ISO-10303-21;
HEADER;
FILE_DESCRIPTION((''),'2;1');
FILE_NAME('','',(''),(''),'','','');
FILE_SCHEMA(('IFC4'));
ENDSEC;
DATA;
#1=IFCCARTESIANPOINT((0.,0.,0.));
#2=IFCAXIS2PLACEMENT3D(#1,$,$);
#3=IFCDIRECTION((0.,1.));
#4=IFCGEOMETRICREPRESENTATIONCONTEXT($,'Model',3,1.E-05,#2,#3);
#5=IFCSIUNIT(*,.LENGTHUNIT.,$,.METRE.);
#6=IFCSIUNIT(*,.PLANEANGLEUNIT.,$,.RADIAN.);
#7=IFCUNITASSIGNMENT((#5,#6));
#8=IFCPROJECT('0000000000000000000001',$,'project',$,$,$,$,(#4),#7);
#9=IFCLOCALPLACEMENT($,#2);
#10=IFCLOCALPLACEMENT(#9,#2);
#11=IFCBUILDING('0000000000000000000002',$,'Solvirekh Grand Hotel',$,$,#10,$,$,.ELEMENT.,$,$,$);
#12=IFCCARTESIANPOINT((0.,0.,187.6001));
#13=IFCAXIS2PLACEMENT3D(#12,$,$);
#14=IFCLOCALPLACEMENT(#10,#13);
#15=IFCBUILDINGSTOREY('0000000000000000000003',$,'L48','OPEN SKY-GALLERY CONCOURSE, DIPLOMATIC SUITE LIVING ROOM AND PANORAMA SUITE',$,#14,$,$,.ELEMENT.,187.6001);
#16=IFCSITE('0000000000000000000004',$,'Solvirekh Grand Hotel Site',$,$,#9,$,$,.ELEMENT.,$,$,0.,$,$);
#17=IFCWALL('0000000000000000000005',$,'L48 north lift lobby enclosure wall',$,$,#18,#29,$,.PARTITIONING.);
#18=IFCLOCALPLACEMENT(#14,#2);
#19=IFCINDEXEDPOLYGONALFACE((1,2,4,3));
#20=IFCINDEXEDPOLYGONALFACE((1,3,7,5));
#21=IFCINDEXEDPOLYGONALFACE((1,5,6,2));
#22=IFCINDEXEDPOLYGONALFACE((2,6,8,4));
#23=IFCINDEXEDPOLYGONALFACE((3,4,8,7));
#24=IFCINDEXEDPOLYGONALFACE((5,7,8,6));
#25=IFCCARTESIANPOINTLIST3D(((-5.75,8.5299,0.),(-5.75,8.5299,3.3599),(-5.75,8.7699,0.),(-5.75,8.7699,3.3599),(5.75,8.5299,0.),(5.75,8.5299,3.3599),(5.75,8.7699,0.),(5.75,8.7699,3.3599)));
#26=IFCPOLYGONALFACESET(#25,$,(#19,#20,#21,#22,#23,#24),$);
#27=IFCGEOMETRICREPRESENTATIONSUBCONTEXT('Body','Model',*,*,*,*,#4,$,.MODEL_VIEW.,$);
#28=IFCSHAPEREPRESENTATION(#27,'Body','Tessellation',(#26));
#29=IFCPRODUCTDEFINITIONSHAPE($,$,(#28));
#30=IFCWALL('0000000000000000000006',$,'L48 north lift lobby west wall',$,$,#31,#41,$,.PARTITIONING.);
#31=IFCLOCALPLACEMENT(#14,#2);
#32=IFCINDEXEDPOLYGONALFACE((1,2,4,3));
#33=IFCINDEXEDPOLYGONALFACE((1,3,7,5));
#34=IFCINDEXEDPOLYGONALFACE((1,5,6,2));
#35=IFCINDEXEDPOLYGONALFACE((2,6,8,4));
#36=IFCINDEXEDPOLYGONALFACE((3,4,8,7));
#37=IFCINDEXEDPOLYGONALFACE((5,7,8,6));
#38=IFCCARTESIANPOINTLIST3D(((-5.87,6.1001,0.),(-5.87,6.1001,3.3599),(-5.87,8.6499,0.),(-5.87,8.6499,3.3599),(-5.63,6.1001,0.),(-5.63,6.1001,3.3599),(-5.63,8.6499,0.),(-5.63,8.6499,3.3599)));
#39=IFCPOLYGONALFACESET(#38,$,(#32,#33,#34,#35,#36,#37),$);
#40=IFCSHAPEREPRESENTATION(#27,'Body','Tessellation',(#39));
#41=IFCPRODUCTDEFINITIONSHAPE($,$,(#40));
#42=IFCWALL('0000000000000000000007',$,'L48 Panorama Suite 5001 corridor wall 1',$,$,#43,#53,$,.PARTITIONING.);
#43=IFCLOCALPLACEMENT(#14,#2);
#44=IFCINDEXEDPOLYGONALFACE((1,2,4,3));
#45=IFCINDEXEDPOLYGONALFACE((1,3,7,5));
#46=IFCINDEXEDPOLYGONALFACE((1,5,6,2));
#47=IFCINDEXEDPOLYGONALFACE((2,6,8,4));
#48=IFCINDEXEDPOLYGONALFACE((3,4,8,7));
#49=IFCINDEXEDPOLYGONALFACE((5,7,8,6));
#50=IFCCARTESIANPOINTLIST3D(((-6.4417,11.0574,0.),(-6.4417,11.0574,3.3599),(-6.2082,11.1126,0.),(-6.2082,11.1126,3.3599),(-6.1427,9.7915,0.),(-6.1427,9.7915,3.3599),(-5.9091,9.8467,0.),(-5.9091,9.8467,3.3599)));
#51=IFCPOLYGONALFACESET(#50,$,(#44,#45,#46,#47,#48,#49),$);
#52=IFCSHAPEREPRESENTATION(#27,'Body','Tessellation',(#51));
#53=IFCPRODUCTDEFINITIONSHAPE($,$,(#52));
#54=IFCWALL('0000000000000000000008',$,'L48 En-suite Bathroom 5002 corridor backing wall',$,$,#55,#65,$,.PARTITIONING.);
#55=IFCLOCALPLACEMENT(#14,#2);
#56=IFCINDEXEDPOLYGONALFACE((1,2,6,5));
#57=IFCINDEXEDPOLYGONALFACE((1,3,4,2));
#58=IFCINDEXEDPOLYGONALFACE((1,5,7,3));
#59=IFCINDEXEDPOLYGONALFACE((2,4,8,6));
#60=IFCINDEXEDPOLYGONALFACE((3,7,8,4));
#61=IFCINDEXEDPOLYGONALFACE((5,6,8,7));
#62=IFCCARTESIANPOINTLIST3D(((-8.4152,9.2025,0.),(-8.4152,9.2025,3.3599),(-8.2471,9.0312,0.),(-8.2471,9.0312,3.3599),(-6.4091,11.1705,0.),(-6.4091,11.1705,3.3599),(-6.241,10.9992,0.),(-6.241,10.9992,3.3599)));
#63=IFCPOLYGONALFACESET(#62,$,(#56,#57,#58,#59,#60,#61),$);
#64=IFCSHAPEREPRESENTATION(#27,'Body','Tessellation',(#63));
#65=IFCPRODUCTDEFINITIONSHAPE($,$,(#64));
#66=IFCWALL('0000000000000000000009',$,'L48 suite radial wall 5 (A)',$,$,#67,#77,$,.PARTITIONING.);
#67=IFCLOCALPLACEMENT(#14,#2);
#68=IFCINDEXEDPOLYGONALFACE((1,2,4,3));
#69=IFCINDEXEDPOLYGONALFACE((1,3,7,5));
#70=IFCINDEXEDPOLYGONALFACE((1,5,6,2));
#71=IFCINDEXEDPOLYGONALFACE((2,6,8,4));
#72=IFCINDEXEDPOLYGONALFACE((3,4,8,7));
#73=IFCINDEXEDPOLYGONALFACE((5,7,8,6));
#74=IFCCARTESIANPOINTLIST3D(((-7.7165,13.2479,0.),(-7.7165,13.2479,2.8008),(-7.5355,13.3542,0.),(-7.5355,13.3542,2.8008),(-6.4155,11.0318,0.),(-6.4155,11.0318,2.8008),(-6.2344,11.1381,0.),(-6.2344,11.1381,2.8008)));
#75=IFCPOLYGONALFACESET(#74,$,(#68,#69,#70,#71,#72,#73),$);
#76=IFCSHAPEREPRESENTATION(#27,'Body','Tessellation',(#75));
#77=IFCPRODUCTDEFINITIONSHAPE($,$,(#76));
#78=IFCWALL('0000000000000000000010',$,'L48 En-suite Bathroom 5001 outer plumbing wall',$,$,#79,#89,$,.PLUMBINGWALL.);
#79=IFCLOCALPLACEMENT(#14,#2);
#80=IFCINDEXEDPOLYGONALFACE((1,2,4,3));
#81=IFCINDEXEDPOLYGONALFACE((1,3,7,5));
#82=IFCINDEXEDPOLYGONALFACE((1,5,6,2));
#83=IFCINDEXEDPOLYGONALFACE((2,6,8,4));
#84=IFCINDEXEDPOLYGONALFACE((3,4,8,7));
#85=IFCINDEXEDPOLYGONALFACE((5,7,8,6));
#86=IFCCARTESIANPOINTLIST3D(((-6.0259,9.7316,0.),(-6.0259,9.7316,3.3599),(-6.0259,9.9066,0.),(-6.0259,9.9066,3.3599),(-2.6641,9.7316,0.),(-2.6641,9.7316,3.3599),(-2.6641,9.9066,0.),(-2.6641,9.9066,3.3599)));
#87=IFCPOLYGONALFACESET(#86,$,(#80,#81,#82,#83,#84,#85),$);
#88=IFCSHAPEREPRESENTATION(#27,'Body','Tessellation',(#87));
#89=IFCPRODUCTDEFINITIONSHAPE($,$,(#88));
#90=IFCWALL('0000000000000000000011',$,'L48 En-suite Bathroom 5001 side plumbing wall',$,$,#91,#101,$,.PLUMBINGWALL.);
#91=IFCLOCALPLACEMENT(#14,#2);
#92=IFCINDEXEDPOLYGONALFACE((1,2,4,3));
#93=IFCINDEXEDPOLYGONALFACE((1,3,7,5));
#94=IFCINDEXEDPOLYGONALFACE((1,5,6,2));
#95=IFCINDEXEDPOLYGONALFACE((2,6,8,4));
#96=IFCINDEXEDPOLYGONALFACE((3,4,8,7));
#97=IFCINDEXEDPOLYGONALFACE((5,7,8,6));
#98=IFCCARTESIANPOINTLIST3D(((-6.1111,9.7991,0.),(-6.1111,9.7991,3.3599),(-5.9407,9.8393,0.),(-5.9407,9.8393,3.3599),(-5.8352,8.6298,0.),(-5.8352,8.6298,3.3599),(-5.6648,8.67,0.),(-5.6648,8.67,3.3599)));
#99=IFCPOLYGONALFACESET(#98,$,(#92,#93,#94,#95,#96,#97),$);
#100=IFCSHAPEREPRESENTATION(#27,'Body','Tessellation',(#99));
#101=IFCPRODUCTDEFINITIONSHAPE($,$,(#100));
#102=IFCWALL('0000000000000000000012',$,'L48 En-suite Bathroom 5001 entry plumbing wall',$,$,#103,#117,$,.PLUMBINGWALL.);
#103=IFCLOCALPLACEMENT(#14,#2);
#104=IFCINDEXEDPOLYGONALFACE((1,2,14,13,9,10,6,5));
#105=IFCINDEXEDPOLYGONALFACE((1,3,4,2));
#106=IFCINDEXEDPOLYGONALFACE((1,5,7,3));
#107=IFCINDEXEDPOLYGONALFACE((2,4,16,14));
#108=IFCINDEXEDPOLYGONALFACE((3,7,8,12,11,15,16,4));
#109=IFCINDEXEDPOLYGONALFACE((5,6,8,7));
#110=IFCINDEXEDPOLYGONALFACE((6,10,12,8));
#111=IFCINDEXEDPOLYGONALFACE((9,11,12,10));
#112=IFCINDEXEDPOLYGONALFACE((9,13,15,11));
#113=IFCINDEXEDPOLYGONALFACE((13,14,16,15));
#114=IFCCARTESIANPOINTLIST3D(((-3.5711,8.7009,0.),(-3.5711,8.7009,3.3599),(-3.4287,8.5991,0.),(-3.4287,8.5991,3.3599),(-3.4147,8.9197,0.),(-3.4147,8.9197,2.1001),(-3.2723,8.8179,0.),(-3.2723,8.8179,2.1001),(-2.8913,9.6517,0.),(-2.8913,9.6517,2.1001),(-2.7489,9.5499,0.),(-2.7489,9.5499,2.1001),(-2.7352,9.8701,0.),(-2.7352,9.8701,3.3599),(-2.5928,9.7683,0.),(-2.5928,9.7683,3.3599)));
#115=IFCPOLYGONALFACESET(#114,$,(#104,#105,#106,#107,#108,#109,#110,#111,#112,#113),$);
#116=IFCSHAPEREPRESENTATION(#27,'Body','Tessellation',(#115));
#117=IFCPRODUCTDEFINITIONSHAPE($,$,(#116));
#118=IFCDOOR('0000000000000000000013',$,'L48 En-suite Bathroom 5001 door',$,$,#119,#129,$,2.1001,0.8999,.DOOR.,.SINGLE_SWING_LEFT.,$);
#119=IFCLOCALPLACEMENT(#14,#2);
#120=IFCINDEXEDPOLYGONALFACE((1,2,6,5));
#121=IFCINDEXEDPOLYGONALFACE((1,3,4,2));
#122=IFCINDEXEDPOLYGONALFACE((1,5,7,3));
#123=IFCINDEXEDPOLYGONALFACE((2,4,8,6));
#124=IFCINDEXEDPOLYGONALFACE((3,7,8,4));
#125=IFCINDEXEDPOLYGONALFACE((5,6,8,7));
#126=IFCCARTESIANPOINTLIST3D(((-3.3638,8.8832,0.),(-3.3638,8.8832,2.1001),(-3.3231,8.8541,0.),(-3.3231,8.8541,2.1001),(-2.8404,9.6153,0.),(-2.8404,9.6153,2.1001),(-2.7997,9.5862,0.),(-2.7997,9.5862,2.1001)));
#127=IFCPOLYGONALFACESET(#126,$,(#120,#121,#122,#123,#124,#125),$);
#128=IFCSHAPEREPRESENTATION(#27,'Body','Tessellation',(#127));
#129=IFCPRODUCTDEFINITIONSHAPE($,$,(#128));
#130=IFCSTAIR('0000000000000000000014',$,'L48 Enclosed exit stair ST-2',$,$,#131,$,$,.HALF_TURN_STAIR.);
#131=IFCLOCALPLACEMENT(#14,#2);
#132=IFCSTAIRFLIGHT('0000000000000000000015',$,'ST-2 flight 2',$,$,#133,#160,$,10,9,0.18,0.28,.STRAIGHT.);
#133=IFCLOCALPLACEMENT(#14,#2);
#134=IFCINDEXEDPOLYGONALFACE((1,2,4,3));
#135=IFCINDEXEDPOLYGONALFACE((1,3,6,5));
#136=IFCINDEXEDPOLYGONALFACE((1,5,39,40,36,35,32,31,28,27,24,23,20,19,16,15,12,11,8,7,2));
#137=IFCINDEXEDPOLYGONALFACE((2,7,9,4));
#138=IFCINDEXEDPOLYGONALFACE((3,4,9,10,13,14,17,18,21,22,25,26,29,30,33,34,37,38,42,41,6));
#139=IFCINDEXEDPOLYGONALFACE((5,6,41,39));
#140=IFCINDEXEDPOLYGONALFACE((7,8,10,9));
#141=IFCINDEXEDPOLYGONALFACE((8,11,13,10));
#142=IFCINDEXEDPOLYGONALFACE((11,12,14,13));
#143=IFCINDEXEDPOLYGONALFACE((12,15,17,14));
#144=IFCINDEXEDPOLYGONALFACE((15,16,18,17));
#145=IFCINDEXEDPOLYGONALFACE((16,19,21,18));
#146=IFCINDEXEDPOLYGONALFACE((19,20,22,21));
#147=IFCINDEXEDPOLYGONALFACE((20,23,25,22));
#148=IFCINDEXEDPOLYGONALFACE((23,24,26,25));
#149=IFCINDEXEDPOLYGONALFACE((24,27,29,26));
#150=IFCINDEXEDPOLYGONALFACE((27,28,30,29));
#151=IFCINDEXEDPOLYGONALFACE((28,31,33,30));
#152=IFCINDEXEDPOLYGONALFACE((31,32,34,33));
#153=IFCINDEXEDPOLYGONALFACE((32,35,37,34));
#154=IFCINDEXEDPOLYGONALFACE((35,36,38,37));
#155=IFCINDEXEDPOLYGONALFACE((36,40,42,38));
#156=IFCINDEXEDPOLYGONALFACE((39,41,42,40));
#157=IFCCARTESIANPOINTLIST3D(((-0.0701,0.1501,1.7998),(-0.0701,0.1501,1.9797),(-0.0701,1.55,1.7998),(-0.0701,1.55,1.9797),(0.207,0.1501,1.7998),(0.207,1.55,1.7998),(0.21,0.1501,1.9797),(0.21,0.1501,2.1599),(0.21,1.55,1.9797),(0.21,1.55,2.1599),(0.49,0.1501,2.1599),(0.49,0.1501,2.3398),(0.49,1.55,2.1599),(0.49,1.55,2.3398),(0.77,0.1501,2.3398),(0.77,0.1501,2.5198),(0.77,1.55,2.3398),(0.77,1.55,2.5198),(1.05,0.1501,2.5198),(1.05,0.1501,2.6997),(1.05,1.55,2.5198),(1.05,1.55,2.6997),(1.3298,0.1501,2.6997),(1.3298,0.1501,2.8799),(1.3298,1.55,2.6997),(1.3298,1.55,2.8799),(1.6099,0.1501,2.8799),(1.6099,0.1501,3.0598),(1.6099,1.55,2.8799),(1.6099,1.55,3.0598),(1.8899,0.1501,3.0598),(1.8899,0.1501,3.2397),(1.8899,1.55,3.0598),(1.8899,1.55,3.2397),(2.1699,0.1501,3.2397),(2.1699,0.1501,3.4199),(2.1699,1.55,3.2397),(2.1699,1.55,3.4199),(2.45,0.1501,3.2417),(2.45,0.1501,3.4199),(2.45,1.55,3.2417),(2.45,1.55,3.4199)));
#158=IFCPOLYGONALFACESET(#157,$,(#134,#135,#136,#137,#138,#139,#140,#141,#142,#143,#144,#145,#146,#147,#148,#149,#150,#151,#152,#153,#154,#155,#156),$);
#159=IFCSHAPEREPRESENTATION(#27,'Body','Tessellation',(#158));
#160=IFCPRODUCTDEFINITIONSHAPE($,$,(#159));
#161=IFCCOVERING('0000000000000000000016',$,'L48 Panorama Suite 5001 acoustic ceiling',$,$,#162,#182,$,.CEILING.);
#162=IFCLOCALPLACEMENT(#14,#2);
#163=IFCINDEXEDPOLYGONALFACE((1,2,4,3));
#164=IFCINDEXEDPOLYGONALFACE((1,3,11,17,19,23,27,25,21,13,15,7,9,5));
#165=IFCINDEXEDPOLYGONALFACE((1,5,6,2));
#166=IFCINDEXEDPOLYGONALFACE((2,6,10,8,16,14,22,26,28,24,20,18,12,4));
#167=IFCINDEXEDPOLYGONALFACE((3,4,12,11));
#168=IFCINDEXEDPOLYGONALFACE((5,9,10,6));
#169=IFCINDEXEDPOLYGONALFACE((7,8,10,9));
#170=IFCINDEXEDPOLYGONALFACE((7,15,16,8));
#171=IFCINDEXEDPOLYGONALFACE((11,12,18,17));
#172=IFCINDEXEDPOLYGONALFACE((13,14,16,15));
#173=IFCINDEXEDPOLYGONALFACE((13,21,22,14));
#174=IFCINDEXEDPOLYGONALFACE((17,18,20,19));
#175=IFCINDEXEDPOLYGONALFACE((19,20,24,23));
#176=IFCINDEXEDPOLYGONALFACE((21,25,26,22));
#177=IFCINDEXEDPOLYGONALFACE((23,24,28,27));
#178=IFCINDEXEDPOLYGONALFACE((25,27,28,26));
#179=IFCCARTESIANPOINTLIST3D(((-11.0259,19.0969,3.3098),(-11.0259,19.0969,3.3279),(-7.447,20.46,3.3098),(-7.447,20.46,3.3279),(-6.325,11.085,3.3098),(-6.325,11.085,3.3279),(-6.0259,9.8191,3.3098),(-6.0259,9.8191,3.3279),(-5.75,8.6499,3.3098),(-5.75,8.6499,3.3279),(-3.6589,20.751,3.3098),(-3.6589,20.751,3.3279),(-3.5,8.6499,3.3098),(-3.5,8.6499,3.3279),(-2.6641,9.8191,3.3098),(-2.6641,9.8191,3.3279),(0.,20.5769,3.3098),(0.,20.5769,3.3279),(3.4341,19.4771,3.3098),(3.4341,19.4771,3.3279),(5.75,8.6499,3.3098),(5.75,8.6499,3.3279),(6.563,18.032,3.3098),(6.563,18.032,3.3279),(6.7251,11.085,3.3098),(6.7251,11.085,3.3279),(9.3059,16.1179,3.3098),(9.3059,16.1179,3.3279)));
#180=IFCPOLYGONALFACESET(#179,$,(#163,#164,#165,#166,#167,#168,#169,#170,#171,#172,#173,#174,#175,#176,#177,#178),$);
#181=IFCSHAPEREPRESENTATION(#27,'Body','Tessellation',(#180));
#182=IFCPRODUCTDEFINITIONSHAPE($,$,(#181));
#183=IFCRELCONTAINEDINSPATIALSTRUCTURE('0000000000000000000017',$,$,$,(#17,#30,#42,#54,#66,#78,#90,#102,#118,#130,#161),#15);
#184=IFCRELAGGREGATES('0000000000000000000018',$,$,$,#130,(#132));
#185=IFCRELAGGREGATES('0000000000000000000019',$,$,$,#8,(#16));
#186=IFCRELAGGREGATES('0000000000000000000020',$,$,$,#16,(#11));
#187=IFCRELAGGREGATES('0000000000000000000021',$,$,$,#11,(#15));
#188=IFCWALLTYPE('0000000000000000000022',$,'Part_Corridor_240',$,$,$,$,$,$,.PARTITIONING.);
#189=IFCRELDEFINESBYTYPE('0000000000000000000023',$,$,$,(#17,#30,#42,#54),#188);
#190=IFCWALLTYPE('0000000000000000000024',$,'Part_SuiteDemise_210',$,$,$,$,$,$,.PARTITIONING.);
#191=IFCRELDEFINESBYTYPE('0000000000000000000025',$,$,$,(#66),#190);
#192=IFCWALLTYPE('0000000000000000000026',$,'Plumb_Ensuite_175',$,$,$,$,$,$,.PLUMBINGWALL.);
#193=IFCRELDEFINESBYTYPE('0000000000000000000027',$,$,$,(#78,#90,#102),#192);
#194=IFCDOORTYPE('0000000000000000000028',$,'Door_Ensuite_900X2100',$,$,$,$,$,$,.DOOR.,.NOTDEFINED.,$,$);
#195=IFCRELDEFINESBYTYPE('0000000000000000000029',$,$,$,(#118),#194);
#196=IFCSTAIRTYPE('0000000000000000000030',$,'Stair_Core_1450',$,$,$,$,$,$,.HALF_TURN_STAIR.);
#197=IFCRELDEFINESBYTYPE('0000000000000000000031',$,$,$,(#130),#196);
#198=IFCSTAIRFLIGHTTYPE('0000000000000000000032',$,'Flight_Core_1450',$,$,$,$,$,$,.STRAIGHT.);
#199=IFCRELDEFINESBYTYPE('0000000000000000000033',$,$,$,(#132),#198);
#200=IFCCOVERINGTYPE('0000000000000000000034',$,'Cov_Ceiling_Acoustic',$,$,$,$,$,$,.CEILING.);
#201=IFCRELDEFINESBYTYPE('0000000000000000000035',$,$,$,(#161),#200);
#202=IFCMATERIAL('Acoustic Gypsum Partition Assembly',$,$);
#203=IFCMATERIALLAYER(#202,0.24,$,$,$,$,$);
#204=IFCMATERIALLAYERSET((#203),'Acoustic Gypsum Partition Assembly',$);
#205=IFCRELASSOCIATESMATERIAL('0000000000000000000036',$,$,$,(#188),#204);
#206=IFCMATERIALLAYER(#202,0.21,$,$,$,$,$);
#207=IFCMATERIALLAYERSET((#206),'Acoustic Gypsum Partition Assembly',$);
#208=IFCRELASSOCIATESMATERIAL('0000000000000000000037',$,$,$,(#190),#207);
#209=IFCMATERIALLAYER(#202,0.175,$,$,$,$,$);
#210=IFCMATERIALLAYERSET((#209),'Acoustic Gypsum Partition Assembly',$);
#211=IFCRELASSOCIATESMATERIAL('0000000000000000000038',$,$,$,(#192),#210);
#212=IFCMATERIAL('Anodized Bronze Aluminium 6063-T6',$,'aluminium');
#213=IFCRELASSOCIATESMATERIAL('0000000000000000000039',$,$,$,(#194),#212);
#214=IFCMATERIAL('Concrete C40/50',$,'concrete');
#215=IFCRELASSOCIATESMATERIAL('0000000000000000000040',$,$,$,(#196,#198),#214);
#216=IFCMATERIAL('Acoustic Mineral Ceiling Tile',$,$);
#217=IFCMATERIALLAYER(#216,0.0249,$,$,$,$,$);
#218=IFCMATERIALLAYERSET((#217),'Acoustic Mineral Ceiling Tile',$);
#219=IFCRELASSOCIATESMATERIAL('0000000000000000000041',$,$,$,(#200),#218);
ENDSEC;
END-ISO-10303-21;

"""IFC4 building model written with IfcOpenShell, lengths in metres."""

from ifc_helpers import new_model, si_unit, direction, frame, frame_2d, origin, place, context, subcontext, project, spatial, polyline, rectangle, outline, extrude, material, layer, layer_set, type_object, element, fill, aggregate, save


model = new_model("IFC4")

# Units and contexts
model_context = context("Model", 3, precision=1e-05, world=origin(), true_north=direction((0.0, 1.0)))
body_context = subcontext(model_context, "Body", "Model", "MODEL_VIEW")
ifc_project = project(units=[si_unit("LENGTHUNIT", "METRE"), si_unit("PLANEANGLEUNIT", "RADIAN")], contexts=[model_context])

# Site, building, storey
site_placement = place(None, origin())
site = spatial("IfcSite", under=ifc_project, at=site_placement, Name="Solvirekh Grand Hotel Site", CompositionType="ELEMENT", RefElevation=0.0)
building_placement = place(site_placement, origin())
building = spatial("IfcBuilding", under=site, at=building_placement, Name="Solvirekh Grand Hotel", CompositionType="ELEMENT")
storey_placement = place(building_placement, frame((0.0, 0.0, 187.6001)))
storey = spatial("IfcBuildingStorey", under=building, at=storey_placement, Name="L48", Description="OPEN SKY-GALLERY CONCOURSE, DIPLOMATIC SUITE LIVING ROOM AND PANORAMA SUITE", CompositionType="ELEMENT", Elevation=187.6001)

# Shared definitions
ifc_material_1 = material(Name="Anodized Bronze Aluminium 6063-T6", Category="aluminium")

# Shared definitions
ifc_material_2 = material(Name="Concrete C40/50", Category="concrete")

# Walls
ifc_material_3 = material(Name="Acoustic Gypsum Partition Assembly")
ifc_layer_1 = layer(ifc_material_3, 0.24)
ifc_layer_set_1 = layer_set([ifc_layer_1], Name="Acoustic Gypsum Partition Assembly")
wall_type_1 = type_object("IfcWallType", Name="Part_Corridor_240", PredefinedType="PARTITIONING", material=ifc_layer_set_1)
wall_1_placement = place(storey_placement, frame((-5.75, 8.6499, 0.0), z_axis=(0.0, 0.0, 1.0), x_axis=(1.0, 0.0, 0.0)))
element("IfcWall", 1, at=wall_1_placement, inside=storey, type_object=wall_type_1, Name="L48 north lift lobby enclosure wall", PredefinedType="PARTITIONING", context=body_context, shape_type="SweptSolid", body=[
    extrude(rectangle(XDim=11.5, YDim=0.24, at=frame_2d((5.75, 0.0))), origin(), (0.0, 0.0, 1.0), 3.3599),
])
wall_2_placement = place(storey_placement, frame((-5.75, 6.1001, 0.0), z_axis=(0.0, 0.0, 1.0), x_axis=(0.0, 1.0, 0.0)))
element("IfcWall", 2, at=wall_2_placement, inside=storey, type_object=wall_type_1, Name="L48 north lift lobby west wall", PredefinedType="PARTITIONING", context=body_context, shape_type="SweptSolid", body=[
    extrude(rectangle(XDim=2.5498, YDim=0.24, at=frame_2d((1.2749, 0.0))), origin(), (0.0, 0.0, 1.0), 3.3599),
])
wall_3_placement = place(storey_placement, frame((-6.0259, 9.8191, 0.0), z_axis=(0.0, 0.0, 1.0), x_axis=(-0.229928, 0.973208, 0.0)))
element("IfcWall", 3, at=wall_3_placement, inside=storey, type_object=wall_type_1, Name="L48 Panorama Suite 5001 corridor wall 1", PredefinedType="PARTITIONING", context=body_context, shape_type="SweptSolid", body=[
    extrude(rectangle(XDim=1.3008, YDim=0.24, at=frame_2d((0.6504, 0.0))), origin(), (0.0, 0.0, 1.0), 3.3599),
])
wall_4_placement = place(storey_placement, frame((-6.325, 11.085, 0.0), z_axis=(0.0, 0.0, 1.0), x_axis=(-0.713851, -0.700298, 0.0)))
element("IfcWall", 4, at=wall_4_placement, inside=storey, type_object=wall_type_1, Name="L48 En-suite Bathroom 5002 corridor backing wall", PredefinedType="PARTITIONING", context=body_context, shape_type="SweptSolid", body=[
    extrude(rectangle(XDim=2.8103, YDim=0.24, at=frame_2d((1.4053, 0.0))), origin(), (0.0, 0.0, 1.0), 3.3599),
])
ifc_layer_2 = layer(ifc_material_3, 0.21)
ifc_layer_set_2 = layer_set([ifc_layer_2], Name="Acoustic Gypsum Partition Assembly")
wall_type_2 = type_object("IfcWallType", Name="Part_SuiteDemise_210", PredefinedType="PARTITIONING", material=ifc_layer_set_2)
wall_5_placement = place(storey_placement, frame((-6.325, 11.085, 0.0), z_axis=(0.0, 0.0, 1.0), x_axis=(-0.506285, 0.862366, 0.0)))
element("IfcWall", 5, at=wall_5_placement, inside=storey, type_object=wall_type_2, Name="L48 suite radial wall 5 (A)", PredefinedType="PARTITIONING", context=body_context, shape_type="SweptSolid", body=[
    extrude(rectangle(XDim=2.5698, YDim=0.21, at=frame_2d((1.2849, 0.0))), origin(), (0.0, 0.0, 1.0), 2.8008),
])
ifc_layer_3 = layer(ifc_material_3, 0.175)
ifc_layer_set_3 = layer_set([ifc_layer_3], Name="Acoustic Gypsum Partition Assembly")
wall_type_3 = type_object("IfcWallType", Name="Plumb_Ensuite_175", PredefinedType="PLUMBINGWALL", material=ifc_layer_set_3)
wall_6_placement = place(storey_placement, frame((-6.0259, 9.8191, 0.0), z_axis=(0.0, 0.0, 1.0), x_axis=(1.0, 0.0, 0.0)))
element("IfcWall", 6, at=wall_6_placement, inside=storey, type_object=wall_type_3, Name="L48 En-suite Bathroom 5001 outer plumbing wall", PredefinedType="PLUMBINGWALL", context=body_context, shape_type="SweptSolid", body=[
    extrude(rectangle(XDim=3.3618, YDim=0.175, at=frame_2d((1.6809, 0.0))), origin(), (0.0, 0.0, 1.0), 3.3599),
])
wall_7_placement = place(storey_placement, frame((-6.0259, 9.8191, 0.0), z_axis=(0.0, 0.0, 1.0), x_axis=(0.229651, -0.973273, 0.0)))
element("IfcWall", 7, at=wall_7_placement, inside=storey, type_object=wall_type_3, Name="L48 En-suite Bathroom 5001 side plumbing wall", PredefinedType="PLUMBINGWALL", context=body_context, shape_type="SweptSolid", body=[
    extrude(rectangle(XDim=1.2014, YDim=0.175, at=frame_2d((0.6006, 0.0))), origin(), (0.0, 0.0, 1.0), 3.3599),
])

# Wall, opening, door
wall_8_placement = place(storey_placement, frame((-3.5, 8.6499, 0.0), z_axis=(0.0, 0.0, 1.0), x_axis=(0.581608, 0.813469, 0.0)))
wall_8 = element("IfcWall", 8, at=wall_8_placement, inside=storey, type_object=wall_type_3, Name="L48 En-suite Bathroom 5001 entry plumbing wall", PredefinedType="PLUMBINGWALL", context=body_context, shape_type="SweptSolid", body=[
    extrude(rectangle(XDim=1.4373, YDim=0.175, at=frame_2d((0.7188, 0.0))), origin(), (0.0, 0.0, 1.0), 3.3599),
])
opening_1_placement = place(wall_8_placement, frame((0.269, 0.0, 0.0)))
opening_1 = element("IfcOpeningElement", 9, at=opening_1_placement, cuts=wall_8, PredefinedType="OPENING", context=body_context, shape_type="SweptSolid", body=[
    extrude(rectangle(XDim=0.8999, YDim=2.1001, at=frame_2d((0.45, 1.05))), frame((0.0, 0.0977, 0.0), z_axis=(0.0, -1.0, 0.0), x_axis=(1.0, 0.0, 0.0)), (0.0, 0.0, 1.0), 0.1951),
])
door_type_1 = type_object("IfcDoorType", Name="Door_Ensuite_900X2100", OperationType="NOTDEFINED", PredefinedType="DOOR", material=ifc_material_1)
door_1_placement = place(opening_1_placement, origin())
door_1 = element("IfcDoor", 10, at=door_1_placement, inside=storey, type_object=door_type_1, Name="L48 En-suite Bathroom 5001 door", OperationType="SINGLE_SWING_LEFT", OverallHeight=2.1001, OverallWidth=0.8999, PredefinedType="DOOR", context=body_context, shape_type="SweptSolid", body=[
    extrude(rectangle(XDim=0.8999, YDim=2.1001, at=frame_2d((0.45, 1.05))), frame((0.0, 0.0249, 0.0), z_axis=(0.0, -1.0, 0.0), x_axis=(1.0, 0.0, 0.0)), (0.0, 0.0, 1.0), 0.05),
])
fill(opening_1, door_1)

# Stair, stair flight
stair_type = type_object("IfcStairType", Name="Stair_Core_1450", PredefinedType="HALF_TURN_STAIR", material=ifc_material_2)
stair_placement = place(storey_placement, origin())
stair = element("IfcStair", 11, at=stair_placement, inside=storey, type_object=stair_type, Name="L48 Enclosed exit stair ST-2", PredefinedType="HALF_TURN_STAIR")
stair_flight_type = type_object("IfcStairFlightType", Name="Flight_Core_1450", PredefinedType="STRAIGHT", material=ifc_material_2)
stair_flight_placement = place(storey_placement, frame((-0.0701, 0.8501, 1.7998), z_axis=(0.0, 0.0, 1.0), x_axis=(1.0, 0.0, 0.0)))
stair_flight = element("IfcStairFlight", 12, at=stair_flight_placement, type_object=stair_flight_type, Name="ST-2 flight 2", NumberOfRisers=10, NumberOfTreads=9, PredefinedType="STRAIGHT", RiserHeight=0.18, TreadLength=0.28, context=body_context, shape_type="SweptSolid", body=[
    extrude(outline(polyline([(0.0, 0.0), (0.0, 0.1799), (0.28, 0.1799), (0.28, 0.3601), (0.5601, 0.3601), (0.5601, 0.54), (0.8401, 0.54), (0.8401, 0.72), (1.1201, 0.72), (1.1201, 0.8999), (1.3999, 0.8999), (1.3999, 1.0801), (1.6799, 1.0801), (1.6799, 1.26), (1.96, 1.26), (1.96, 1.4399), (2.24, 1.4399), (2.24, 1.6201), (2.52, 1.6201), (2.52, 1.8), (2.52, 1.4419), (0.2771, 0.0), (0.0, 0.0)])), frame((0.0, 0.7, 0.0), z_axis=(0.0, -1.0, 0.0), x_axis=(1.0, 0.0, 0.0)), (0.0, 0.0, 1.0), 1.3999),
])
aggregate(stair, [stair_flight])

# Covering
ifc_material_4 = material(Name="Acoustic Mineral Ceiling Tile")
ifc_layer_4 = layer(ifc_material_4, 0.0249)
ifc_layer_set_4 = layer_set([ifc_layer_4], Name="Acoustic Mineral Ceiling Tile")
covering_type_1 = type_object("IfcCoveringType", Name="Cov_Ceiling_Acoustic", PredefinedType="CEILING", material=ifc_layer_set_4)
covering_1_placement = place(storey_placement, frame((0.0, 0.0, 3.3098)))
element("IfcCovering", 13, at=covering_1_placement, inside=storey, type_object=covering_type_1, Name="L48 Panorama Suite 5001 acoustic ceiling", PredefinedType="CEILING", context=body_context, shape_type="SweptSolid", body=[
    extrude(outline(polyline([(-5.75, 8.6499), (-6.0259, 9.8191), (-2.6641, 9.8191), (-3.5, 8.6499), (5.75, 8.6499), (6.7251, 11.085), (9.3059, 16.1179), (6.563, 18.032), (3.4341, 19.4771), (0.0, 20.5769), (-3.6589, 20.751), (-7.447, 20.46), (-11.0259, 19.0969), (-6.325, 11.085), (-5.75, 8.6499)])), origin(), (0.0, 0.0, 1.0), 0.0181),
])

save(model, "model.ifc")
